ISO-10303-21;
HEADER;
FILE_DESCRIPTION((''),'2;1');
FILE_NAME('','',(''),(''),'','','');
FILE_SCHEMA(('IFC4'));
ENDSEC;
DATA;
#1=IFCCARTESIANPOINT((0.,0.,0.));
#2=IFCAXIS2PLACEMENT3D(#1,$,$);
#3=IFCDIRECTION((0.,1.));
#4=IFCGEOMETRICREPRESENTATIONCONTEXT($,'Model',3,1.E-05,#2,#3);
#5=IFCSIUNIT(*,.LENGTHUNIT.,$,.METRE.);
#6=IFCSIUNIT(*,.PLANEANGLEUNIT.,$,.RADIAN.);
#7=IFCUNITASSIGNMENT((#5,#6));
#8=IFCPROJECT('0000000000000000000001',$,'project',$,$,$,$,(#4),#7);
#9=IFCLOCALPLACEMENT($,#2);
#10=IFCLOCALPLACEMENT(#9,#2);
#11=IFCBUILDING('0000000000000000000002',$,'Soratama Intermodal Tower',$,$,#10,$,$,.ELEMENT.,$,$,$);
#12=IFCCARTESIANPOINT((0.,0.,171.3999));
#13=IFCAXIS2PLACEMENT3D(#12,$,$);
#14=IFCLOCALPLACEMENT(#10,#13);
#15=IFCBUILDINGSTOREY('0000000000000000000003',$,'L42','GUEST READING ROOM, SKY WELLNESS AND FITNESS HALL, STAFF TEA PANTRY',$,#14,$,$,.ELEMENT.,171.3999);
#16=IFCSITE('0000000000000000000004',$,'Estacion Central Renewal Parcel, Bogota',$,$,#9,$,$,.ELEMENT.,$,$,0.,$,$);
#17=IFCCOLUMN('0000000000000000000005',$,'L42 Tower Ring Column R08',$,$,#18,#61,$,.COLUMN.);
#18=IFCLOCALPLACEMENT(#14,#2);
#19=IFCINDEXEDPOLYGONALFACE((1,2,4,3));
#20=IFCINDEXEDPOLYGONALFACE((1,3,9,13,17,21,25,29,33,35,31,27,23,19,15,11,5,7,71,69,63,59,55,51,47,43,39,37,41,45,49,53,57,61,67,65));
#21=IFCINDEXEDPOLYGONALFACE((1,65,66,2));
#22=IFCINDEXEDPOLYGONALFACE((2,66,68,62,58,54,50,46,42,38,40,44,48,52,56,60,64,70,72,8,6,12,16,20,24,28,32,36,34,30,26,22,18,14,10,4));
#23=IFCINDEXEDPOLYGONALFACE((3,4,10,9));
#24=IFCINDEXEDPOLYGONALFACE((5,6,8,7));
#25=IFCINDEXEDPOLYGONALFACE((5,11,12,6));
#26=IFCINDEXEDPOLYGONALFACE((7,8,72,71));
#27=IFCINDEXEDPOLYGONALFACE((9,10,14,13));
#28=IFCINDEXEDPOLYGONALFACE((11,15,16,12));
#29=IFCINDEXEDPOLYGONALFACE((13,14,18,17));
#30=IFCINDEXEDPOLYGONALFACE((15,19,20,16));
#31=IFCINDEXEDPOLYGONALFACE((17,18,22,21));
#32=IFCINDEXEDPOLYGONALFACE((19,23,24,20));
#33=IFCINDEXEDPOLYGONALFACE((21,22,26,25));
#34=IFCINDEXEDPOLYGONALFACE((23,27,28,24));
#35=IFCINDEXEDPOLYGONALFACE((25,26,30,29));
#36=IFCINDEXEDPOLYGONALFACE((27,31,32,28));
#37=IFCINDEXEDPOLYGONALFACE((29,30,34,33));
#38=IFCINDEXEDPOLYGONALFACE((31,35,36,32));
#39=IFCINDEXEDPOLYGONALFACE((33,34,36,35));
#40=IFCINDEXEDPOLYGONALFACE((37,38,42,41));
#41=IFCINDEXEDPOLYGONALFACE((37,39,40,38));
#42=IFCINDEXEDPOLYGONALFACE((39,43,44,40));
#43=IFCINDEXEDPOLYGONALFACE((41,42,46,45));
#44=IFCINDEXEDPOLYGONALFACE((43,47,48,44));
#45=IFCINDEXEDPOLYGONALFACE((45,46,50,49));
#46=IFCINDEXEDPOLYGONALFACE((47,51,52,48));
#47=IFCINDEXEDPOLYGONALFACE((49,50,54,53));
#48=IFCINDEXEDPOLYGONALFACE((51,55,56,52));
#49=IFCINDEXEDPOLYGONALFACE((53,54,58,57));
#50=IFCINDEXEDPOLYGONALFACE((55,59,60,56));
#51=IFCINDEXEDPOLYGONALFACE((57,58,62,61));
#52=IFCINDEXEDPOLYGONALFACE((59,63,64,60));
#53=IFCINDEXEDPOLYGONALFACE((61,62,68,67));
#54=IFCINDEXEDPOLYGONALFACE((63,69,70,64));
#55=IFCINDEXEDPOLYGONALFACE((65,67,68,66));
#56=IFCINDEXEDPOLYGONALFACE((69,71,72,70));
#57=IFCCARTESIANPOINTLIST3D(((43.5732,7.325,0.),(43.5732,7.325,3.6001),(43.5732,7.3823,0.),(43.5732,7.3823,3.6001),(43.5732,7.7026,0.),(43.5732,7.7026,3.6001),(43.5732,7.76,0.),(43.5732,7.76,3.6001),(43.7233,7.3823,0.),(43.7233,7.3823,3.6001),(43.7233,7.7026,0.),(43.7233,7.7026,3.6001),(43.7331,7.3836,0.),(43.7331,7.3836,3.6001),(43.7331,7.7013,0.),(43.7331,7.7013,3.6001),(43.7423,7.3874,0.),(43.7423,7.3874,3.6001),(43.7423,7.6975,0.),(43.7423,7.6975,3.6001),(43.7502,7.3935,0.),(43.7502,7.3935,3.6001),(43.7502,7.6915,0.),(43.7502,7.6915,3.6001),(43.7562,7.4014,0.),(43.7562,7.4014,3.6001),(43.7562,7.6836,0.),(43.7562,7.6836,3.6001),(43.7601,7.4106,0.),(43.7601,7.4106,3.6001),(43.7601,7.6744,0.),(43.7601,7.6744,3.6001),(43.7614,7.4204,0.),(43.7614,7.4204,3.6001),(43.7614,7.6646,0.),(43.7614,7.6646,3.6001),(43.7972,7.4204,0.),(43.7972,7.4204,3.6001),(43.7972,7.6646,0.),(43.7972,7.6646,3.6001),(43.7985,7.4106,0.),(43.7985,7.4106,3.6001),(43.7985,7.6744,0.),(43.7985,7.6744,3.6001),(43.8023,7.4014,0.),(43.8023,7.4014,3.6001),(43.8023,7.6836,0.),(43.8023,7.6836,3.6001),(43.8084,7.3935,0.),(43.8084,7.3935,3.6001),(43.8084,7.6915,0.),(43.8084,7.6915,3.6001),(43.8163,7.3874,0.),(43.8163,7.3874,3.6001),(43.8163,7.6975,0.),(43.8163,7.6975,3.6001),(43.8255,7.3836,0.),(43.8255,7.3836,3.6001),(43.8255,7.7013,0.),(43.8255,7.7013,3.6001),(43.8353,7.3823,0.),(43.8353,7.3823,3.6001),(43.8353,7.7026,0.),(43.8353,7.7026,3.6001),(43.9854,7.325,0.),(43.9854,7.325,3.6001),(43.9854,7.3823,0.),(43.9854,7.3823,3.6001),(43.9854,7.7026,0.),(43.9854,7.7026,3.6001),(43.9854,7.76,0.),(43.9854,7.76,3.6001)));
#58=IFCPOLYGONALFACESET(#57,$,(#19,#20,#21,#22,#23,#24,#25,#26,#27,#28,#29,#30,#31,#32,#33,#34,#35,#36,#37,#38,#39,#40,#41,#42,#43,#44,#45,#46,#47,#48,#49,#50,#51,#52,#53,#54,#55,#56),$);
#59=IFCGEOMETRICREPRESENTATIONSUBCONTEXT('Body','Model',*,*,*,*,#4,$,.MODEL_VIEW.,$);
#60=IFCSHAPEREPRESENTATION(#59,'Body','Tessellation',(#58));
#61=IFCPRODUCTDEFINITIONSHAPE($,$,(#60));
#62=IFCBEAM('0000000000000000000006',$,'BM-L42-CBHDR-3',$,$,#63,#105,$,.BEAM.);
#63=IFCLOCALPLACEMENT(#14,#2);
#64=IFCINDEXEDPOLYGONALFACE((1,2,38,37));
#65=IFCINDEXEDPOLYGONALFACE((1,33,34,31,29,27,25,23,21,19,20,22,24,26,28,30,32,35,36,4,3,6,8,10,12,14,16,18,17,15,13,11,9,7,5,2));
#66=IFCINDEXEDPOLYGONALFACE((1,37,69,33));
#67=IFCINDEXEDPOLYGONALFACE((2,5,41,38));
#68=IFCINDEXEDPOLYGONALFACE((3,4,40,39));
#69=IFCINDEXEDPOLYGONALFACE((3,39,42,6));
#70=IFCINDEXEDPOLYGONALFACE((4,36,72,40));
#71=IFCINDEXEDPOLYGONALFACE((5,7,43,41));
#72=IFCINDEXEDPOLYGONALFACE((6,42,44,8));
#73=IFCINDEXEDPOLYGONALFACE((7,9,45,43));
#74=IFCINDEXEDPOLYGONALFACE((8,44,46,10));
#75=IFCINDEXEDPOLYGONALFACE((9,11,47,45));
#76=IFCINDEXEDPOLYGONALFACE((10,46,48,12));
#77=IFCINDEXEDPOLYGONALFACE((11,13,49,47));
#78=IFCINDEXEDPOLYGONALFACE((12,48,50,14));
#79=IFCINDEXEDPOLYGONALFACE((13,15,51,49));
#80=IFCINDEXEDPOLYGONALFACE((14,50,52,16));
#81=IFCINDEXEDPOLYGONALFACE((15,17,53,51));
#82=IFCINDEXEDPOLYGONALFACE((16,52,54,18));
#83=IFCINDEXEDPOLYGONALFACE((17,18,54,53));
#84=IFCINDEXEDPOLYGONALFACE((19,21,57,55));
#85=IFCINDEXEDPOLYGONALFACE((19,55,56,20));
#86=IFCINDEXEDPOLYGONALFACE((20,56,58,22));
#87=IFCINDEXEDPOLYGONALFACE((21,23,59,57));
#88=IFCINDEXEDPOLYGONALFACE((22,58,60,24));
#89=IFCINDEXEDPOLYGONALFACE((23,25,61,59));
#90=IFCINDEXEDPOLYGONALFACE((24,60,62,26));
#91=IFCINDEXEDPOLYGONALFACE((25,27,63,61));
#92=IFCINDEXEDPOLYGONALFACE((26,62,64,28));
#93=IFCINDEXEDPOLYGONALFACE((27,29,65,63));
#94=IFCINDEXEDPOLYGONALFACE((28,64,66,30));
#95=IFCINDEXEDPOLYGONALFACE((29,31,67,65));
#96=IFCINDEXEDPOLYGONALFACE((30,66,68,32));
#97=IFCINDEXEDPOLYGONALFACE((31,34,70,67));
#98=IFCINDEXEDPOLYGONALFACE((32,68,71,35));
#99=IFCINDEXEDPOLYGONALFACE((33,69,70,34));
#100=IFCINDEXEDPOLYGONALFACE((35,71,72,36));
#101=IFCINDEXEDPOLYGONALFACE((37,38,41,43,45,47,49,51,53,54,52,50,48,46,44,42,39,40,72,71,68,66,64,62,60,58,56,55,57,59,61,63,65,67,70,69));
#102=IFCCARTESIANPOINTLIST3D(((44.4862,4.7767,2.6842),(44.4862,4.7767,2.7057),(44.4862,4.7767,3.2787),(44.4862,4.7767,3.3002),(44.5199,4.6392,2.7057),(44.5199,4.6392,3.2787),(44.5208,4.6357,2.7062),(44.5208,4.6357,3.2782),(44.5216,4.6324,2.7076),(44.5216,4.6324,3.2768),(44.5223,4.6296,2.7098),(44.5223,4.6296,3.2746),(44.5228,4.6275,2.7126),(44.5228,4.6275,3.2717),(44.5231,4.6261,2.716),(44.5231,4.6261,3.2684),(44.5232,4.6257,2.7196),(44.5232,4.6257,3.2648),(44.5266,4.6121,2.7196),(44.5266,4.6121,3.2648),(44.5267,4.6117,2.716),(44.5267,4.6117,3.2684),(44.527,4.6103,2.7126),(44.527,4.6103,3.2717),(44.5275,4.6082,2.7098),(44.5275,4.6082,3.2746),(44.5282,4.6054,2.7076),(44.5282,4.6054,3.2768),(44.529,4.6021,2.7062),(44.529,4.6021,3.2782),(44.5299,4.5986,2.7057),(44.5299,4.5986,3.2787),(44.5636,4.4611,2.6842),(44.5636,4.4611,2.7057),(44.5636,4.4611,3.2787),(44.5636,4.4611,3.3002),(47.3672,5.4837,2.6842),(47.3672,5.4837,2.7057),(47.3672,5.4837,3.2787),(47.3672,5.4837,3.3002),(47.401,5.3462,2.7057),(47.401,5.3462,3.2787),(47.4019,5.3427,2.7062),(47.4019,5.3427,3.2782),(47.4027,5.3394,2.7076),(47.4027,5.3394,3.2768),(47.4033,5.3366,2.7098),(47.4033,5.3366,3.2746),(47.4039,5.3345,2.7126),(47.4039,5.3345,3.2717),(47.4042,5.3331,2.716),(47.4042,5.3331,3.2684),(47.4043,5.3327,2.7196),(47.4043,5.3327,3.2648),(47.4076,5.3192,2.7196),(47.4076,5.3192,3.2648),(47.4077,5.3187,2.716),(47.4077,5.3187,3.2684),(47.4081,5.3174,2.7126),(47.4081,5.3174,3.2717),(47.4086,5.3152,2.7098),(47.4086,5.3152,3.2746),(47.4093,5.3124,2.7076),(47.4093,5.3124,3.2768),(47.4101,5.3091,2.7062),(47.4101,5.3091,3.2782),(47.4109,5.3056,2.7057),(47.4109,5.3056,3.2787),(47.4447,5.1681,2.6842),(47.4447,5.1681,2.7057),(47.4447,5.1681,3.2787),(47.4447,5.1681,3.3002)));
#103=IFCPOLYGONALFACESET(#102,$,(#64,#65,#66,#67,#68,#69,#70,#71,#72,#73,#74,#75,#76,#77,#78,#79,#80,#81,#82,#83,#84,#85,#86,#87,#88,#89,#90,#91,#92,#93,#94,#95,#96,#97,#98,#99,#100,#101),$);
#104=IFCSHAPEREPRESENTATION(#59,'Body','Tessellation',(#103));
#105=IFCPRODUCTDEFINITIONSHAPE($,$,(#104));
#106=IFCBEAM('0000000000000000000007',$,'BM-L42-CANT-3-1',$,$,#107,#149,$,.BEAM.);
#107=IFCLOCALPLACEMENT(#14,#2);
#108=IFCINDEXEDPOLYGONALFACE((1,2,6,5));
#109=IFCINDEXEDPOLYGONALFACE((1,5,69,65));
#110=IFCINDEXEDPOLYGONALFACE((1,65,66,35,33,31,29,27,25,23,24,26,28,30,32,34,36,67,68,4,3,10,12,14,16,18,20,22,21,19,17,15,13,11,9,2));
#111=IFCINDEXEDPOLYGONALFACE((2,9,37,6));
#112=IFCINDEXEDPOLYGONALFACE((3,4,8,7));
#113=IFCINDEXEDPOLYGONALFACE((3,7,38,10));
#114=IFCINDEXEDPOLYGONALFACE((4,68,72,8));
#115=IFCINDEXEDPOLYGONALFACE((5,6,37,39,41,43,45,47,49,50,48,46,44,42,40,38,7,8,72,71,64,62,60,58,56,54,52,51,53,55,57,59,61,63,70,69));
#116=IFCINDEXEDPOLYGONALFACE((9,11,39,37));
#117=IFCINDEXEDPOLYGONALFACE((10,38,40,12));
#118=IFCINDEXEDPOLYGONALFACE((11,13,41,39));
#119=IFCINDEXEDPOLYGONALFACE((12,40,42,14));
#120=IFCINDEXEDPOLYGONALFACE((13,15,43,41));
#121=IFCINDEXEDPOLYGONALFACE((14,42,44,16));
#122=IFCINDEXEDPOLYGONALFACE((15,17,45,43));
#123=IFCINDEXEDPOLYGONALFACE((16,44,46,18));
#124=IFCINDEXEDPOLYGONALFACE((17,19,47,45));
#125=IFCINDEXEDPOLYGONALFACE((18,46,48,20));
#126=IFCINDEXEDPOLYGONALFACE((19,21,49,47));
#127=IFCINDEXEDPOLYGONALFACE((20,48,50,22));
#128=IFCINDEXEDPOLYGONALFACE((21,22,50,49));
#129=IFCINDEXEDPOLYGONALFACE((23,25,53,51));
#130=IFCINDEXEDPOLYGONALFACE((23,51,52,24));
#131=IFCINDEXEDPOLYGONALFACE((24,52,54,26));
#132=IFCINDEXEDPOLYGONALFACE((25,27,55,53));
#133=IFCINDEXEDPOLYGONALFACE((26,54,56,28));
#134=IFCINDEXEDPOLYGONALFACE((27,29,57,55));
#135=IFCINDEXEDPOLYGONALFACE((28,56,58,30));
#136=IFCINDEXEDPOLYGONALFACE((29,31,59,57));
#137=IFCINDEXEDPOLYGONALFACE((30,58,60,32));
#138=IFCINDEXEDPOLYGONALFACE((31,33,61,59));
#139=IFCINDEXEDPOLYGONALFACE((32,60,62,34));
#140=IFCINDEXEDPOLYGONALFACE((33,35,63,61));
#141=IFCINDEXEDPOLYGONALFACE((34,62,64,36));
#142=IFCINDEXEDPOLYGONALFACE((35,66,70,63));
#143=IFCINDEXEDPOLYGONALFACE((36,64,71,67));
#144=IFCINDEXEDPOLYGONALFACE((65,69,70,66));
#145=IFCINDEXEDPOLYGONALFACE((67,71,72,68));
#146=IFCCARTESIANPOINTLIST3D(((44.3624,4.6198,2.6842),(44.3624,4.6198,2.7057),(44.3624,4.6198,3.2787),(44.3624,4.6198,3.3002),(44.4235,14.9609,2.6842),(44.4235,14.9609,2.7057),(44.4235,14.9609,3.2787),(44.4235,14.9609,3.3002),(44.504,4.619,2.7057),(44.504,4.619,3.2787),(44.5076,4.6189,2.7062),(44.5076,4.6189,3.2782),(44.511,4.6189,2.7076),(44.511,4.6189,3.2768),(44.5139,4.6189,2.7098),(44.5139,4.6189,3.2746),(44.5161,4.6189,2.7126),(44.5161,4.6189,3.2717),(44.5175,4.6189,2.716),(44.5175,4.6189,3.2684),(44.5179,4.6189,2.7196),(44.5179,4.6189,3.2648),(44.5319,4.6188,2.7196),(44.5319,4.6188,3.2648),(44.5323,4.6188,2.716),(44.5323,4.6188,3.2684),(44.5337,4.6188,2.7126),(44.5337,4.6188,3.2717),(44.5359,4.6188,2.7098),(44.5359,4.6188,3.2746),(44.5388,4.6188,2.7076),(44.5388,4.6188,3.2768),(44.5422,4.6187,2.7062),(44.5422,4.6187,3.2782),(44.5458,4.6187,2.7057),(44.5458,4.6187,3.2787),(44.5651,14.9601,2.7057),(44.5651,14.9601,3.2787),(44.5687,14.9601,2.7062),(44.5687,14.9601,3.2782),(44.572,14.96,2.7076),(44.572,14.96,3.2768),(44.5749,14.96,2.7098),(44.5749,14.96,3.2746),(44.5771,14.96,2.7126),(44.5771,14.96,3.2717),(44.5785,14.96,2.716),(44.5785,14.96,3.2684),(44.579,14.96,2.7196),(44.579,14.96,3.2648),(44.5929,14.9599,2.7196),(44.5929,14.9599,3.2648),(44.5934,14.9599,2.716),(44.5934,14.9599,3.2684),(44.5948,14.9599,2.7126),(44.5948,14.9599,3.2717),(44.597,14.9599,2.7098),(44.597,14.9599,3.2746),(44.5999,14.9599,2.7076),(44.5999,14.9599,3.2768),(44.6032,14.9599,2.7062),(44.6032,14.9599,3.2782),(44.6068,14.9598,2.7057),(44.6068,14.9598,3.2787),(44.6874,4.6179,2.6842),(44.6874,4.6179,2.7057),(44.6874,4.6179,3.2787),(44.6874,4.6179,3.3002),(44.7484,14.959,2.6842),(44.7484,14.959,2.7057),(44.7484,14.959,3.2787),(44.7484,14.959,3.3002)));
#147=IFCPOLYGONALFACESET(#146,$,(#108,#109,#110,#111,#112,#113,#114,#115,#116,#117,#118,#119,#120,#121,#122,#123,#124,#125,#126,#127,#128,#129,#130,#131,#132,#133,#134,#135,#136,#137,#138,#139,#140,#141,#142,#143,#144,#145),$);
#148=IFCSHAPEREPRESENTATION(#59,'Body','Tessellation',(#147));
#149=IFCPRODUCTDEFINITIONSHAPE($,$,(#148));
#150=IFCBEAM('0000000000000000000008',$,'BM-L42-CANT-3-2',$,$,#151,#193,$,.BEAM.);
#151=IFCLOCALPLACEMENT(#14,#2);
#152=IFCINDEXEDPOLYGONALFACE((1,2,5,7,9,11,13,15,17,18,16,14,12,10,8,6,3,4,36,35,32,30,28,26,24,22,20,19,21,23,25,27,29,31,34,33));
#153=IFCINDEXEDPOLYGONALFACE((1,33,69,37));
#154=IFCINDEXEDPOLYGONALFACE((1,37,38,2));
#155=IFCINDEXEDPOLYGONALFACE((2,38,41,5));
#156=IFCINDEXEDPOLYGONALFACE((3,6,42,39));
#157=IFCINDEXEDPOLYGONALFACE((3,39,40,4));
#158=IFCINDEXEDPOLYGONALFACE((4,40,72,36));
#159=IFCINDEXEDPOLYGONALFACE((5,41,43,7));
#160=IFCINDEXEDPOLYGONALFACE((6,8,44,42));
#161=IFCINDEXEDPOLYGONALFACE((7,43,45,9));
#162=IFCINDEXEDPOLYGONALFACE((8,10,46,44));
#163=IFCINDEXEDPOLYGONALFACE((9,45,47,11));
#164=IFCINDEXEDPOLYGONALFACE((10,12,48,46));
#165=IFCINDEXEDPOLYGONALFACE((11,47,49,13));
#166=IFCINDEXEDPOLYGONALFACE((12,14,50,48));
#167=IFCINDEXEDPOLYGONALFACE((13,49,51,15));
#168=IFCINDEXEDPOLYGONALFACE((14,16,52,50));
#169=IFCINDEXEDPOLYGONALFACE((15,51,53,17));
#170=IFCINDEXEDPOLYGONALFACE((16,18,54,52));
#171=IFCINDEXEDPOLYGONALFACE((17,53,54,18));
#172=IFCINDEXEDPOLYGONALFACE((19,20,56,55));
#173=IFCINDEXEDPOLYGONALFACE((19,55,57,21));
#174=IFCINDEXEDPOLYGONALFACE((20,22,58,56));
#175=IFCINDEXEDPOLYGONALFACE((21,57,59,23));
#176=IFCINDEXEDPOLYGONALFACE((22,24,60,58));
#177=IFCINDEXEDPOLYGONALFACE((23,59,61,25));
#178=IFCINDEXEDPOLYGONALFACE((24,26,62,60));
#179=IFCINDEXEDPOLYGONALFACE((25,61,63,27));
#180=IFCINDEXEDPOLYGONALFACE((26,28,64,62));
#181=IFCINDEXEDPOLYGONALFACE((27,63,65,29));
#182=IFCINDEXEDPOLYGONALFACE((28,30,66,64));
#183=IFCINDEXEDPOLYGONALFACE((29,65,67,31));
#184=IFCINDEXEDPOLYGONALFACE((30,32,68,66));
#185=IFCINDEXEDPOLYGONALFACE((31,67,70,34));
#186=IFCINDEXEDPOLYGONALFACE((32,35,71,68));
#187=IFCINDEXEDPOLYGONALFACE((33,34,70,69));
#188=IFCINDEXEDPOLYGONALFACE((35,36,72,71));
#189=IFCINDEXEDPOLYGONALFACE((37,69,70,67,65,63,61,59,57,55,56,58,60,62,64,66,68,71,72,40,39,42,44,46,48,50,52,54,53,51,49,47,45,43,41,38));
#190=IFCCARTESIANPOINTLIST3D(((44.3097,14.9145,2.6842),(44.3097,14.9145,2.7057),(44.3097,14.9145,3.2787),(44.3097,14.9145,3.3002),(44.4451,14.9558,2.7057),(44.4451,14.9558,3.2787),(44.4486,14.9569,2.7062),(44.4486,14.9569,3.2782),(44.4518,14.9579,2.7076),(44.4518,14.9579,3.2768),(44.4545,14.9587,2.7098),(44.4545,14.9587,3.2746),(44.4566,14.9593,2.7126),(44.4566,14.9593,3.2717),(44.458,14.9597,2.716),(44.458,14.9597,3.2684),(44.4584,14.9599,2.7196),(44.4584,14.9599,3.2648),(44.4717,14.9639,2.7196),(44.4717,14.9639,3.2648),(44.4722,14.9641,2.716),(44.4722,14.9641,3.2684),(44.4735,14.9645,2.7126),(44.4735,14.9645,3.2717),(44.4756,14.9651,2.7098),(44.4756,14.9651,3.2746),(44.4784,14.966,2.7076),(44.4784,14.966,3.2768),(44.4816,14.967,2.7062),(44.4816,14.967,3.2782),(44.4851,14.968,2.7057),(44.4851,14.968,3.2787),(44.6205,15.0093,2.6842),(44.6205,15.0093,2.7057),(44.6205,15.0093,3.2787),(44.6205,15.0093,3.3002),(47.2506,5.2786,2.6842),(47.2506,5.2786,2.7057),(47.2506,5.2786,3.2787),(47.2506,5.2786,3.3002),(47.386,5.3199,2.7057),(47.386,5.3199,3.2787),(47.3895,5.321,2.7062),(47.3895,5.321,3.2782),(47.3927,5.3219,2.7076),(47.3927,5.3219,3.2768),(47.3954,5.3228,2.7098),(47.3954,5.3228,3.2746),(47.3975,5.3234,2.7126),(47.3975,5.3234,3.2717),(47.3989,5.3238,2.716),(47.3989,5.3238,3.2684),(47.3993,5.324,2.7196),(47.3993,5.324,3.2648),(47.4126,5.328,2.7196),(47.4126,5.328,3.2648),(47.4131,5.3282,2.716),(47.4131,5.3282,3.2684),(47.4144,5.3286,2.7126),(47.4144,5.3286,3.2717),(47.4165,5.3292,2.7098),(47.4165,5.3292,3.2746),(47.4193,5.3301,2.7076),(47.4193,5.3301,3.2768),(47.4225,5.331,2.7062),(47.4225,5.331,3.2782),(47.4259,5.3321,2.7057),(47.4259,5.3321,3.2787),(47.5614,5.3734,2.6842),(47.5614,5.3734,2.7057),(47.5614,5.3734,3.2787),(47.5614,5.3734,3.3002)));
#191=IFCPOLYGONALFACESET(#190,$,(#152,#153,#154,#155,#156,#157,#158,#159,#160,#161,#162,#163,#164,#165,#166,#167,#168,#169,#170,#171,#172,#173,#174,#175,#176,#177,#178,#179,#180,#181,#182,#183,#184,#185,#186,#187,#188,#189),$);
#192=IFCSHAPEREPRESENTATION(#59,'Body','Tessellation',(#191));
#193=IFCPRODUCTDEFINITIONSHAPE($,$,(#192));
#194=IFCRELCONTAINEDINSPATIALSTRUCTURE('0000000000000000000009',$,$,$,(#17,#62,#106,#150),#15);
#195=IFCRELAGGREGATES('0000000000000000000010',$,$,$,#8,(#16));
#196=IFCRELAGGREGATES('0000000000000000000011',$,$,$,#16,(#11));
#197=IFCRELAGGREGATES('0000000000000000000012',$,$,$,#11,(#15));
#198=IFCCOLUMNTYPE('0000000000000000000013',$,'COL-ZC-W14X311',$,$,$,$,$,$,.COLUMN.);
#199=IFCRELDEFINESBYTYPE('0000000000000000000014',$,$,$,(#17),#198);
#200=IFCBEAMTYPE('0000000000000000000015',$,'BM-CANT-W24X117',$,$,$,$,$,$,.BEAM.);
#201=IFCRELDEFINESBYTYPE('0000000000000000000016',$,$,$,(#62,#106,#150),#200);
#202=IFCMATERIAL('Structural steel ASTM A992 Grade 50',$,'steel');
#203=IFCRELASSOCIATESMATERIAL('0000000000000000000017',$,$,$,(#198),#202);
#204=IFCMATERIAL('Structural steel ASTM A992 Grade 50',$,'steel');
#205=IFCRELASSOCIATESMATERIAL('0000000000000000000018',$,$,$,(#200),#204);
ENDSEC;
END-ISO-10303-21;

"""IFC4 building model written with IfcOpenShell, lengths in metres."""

from ifc_helpers import new_model, si_unit, direction, frame, origin, origin_2d, place, context, subcontext, project, spatial, i_section, extrude, material, material_profile, profile_set, type_object, element, save


model = new_model("IFC4")

# Units and contexts
model_context = context("Model", 3, precision=1e-05, world=origin(), true_north=direction((0.0, 1.0)))
body_context = subcontext(model_context, "Body", "Model", "MODEL_VIEW")
ifc_project = project(units=[si_unit("LENGTHUNIT", "METRE"), si_unit("PLANEANGLEUNIT", "RADIAN")], contexts=[model_context])

# Site, building, storey
site_placement = place(None, origin())
site = spatial("IfcSite", under=ifc_project, at=site_placement, Name="Estacion Central Renewal Parcel, Bogota", CompositionType="ELEMENT", RefElevation=0.0)
building_placement = place(site_placement, origin())
building = spatial("IfcBuilding", under=site, at=building_placement, Name="Soratama Intermodal Tower", CompositionType="ELEMENT")
storey_placement = place(building_placement, frame((0.0, 0.0, 171.3999)))
storey = spatial("IfcBuildingStorey", under=building, at=storey_placement, Name="L42", Description="GUEST READING ROOM, SKY WELLNESS AND FITNESS HALL, STAFF TEA PANTRY", CompositionType="ELEMENT", Elevation=171.3999)

# Column
ifc_material_1 = material(Name="Structural steel ASTM A992 Grade 50", Category="steel")
ifc_material_profile_1 = material_profile(ifc_material_1, i_section(OverallWidth=0.4121, OverallDepth=0.4351, WebThickness=0.0359, FlangeThickness=0.0574, FilletRadius=0.0381, at=origin_2d()), Name="W14X311")
ifc_profile_set_1 = profile_set([ifc_material_profile_1], Name="Structural steel ASTM A992 Grade 50")
column_type = type_object("IfcColumnType", Name="COL-ZC-W14X311", PredefinedType="COLUMN", material=ifc_profile_set_1)
column_placement = place(storey_placement, frame((43.7793, 7.5425, 0.0), z_axis=(0.0, 0.0, 1.0), x_axis=(1.0, 0.0, 0.0)))
element("IfcColumn", 1, at=column_placement, inside=storey, type_object=column_type, Name="L42 Tower Ring Column R08", PredefinedType="COLUMN", context=body_context, shape_type="SweptSolid", body=[
    extrude(i_section(OverallWidth=0.4121, OverallDepth=0.4351, WebThickness=0.0359, FlangeThickness=0.0574, FilletRadius=0.0381, at=origin_2d()), origin(), (0.0, 0.0, 1.0), 3.6001),
])

# Beams
ifc_material_2 = material(Name="Structural steel ASTM A992 Grade 50", Category="steel")
ifc_material_profile_2 = material_profile(ifc_material_2, i_section(OverallWidth=0.325, OverallDepth=0.616, WebThickness=0.0139, FlangeThickness=0.0215, FilletRadius=0.0139, at=origin_2d()), Name="W24X117")
ifc_profile_set_2 = profile_set([ifc_material_profile_2], Name="Structural steel ASTM A992 Grade 50")
beam_type_1 = type_object("IfcBeamType", Name="BM-CANT-W24X117", PredefinedType="BEAM", material=ifc_profile_set_2)
beam_1_placement = place(storey_placement, frame((44.5249, 4.6189, 2.9922), z_axis=(0.971184, 0.238331, 0.0), x_axis=(-0.238331, 0.971184, 0.0)))
element("IfcBeam", 2, at=beam_1_placement, inside=storey, type_object=beam_type_1, Name="BM-L42-CBHDR-3", PredefinedType="BEAM", context=body_context, shape_type="SweptSolid", body=[
    extrude(i_section(OverallWidth=0.325, OverallDepth=0.616, WebThickness=0.0139, FlangeThickness=0.0215, FilletRadius=0.0139, at=origin_2d()), origin(), (0.0, 0.0, 1.0), 2.9666),
])
beam_2_placement = place(storey_placement, frame((44.5859, 14.96, 2.9922), z_axis=(-0.005902, -0.999983, 0.0), x_axis=(0.999983, -0.005902, 0.0)))
element("IfcBeam", 3, at=beam_2_placement, inside=storey, type_object=beam_type_1, Name="BM-L42-CANT-3-1", PredefinedType="BEAM", context=body_context, shape_type="SweptSolid", body=[
    extrude(i_section(OverallWidth=0.325, OverallDepth=0.616, WebThickness=0.0139, FlangeThickness=0.0215, FilletRadius=0.0139, at=origin_2d()), origin(), (0.0, 0.0, 1.0), 10.3413),
])
beam_3_placement = place(storey_placement, frame((44.4651, 14.9619, 2.9922), z_axis=(0.291909, -0.956446, 0.0), x_axis=(0.956446, 0.291909, 0.0)))
element("IfcBeam", 4, at=beam_3_placement, inside=storey, type_object=beam_type_1, Name="BM-L42-CANT-3-2", PredefinedType="BEAM", context=body_context, shape_type="SweptSolid", body=[
    extrude(i_section(OverallWidth=0.325, OverallDepth=0.616, WebThickness=0.0139, FlangeThickness=0.0215, FilletRadius=0.0139, at=origin_2d()), origin(), (0.0, 0.0, 1.0), 10.0747),
])

save(model, "model.ifc")
